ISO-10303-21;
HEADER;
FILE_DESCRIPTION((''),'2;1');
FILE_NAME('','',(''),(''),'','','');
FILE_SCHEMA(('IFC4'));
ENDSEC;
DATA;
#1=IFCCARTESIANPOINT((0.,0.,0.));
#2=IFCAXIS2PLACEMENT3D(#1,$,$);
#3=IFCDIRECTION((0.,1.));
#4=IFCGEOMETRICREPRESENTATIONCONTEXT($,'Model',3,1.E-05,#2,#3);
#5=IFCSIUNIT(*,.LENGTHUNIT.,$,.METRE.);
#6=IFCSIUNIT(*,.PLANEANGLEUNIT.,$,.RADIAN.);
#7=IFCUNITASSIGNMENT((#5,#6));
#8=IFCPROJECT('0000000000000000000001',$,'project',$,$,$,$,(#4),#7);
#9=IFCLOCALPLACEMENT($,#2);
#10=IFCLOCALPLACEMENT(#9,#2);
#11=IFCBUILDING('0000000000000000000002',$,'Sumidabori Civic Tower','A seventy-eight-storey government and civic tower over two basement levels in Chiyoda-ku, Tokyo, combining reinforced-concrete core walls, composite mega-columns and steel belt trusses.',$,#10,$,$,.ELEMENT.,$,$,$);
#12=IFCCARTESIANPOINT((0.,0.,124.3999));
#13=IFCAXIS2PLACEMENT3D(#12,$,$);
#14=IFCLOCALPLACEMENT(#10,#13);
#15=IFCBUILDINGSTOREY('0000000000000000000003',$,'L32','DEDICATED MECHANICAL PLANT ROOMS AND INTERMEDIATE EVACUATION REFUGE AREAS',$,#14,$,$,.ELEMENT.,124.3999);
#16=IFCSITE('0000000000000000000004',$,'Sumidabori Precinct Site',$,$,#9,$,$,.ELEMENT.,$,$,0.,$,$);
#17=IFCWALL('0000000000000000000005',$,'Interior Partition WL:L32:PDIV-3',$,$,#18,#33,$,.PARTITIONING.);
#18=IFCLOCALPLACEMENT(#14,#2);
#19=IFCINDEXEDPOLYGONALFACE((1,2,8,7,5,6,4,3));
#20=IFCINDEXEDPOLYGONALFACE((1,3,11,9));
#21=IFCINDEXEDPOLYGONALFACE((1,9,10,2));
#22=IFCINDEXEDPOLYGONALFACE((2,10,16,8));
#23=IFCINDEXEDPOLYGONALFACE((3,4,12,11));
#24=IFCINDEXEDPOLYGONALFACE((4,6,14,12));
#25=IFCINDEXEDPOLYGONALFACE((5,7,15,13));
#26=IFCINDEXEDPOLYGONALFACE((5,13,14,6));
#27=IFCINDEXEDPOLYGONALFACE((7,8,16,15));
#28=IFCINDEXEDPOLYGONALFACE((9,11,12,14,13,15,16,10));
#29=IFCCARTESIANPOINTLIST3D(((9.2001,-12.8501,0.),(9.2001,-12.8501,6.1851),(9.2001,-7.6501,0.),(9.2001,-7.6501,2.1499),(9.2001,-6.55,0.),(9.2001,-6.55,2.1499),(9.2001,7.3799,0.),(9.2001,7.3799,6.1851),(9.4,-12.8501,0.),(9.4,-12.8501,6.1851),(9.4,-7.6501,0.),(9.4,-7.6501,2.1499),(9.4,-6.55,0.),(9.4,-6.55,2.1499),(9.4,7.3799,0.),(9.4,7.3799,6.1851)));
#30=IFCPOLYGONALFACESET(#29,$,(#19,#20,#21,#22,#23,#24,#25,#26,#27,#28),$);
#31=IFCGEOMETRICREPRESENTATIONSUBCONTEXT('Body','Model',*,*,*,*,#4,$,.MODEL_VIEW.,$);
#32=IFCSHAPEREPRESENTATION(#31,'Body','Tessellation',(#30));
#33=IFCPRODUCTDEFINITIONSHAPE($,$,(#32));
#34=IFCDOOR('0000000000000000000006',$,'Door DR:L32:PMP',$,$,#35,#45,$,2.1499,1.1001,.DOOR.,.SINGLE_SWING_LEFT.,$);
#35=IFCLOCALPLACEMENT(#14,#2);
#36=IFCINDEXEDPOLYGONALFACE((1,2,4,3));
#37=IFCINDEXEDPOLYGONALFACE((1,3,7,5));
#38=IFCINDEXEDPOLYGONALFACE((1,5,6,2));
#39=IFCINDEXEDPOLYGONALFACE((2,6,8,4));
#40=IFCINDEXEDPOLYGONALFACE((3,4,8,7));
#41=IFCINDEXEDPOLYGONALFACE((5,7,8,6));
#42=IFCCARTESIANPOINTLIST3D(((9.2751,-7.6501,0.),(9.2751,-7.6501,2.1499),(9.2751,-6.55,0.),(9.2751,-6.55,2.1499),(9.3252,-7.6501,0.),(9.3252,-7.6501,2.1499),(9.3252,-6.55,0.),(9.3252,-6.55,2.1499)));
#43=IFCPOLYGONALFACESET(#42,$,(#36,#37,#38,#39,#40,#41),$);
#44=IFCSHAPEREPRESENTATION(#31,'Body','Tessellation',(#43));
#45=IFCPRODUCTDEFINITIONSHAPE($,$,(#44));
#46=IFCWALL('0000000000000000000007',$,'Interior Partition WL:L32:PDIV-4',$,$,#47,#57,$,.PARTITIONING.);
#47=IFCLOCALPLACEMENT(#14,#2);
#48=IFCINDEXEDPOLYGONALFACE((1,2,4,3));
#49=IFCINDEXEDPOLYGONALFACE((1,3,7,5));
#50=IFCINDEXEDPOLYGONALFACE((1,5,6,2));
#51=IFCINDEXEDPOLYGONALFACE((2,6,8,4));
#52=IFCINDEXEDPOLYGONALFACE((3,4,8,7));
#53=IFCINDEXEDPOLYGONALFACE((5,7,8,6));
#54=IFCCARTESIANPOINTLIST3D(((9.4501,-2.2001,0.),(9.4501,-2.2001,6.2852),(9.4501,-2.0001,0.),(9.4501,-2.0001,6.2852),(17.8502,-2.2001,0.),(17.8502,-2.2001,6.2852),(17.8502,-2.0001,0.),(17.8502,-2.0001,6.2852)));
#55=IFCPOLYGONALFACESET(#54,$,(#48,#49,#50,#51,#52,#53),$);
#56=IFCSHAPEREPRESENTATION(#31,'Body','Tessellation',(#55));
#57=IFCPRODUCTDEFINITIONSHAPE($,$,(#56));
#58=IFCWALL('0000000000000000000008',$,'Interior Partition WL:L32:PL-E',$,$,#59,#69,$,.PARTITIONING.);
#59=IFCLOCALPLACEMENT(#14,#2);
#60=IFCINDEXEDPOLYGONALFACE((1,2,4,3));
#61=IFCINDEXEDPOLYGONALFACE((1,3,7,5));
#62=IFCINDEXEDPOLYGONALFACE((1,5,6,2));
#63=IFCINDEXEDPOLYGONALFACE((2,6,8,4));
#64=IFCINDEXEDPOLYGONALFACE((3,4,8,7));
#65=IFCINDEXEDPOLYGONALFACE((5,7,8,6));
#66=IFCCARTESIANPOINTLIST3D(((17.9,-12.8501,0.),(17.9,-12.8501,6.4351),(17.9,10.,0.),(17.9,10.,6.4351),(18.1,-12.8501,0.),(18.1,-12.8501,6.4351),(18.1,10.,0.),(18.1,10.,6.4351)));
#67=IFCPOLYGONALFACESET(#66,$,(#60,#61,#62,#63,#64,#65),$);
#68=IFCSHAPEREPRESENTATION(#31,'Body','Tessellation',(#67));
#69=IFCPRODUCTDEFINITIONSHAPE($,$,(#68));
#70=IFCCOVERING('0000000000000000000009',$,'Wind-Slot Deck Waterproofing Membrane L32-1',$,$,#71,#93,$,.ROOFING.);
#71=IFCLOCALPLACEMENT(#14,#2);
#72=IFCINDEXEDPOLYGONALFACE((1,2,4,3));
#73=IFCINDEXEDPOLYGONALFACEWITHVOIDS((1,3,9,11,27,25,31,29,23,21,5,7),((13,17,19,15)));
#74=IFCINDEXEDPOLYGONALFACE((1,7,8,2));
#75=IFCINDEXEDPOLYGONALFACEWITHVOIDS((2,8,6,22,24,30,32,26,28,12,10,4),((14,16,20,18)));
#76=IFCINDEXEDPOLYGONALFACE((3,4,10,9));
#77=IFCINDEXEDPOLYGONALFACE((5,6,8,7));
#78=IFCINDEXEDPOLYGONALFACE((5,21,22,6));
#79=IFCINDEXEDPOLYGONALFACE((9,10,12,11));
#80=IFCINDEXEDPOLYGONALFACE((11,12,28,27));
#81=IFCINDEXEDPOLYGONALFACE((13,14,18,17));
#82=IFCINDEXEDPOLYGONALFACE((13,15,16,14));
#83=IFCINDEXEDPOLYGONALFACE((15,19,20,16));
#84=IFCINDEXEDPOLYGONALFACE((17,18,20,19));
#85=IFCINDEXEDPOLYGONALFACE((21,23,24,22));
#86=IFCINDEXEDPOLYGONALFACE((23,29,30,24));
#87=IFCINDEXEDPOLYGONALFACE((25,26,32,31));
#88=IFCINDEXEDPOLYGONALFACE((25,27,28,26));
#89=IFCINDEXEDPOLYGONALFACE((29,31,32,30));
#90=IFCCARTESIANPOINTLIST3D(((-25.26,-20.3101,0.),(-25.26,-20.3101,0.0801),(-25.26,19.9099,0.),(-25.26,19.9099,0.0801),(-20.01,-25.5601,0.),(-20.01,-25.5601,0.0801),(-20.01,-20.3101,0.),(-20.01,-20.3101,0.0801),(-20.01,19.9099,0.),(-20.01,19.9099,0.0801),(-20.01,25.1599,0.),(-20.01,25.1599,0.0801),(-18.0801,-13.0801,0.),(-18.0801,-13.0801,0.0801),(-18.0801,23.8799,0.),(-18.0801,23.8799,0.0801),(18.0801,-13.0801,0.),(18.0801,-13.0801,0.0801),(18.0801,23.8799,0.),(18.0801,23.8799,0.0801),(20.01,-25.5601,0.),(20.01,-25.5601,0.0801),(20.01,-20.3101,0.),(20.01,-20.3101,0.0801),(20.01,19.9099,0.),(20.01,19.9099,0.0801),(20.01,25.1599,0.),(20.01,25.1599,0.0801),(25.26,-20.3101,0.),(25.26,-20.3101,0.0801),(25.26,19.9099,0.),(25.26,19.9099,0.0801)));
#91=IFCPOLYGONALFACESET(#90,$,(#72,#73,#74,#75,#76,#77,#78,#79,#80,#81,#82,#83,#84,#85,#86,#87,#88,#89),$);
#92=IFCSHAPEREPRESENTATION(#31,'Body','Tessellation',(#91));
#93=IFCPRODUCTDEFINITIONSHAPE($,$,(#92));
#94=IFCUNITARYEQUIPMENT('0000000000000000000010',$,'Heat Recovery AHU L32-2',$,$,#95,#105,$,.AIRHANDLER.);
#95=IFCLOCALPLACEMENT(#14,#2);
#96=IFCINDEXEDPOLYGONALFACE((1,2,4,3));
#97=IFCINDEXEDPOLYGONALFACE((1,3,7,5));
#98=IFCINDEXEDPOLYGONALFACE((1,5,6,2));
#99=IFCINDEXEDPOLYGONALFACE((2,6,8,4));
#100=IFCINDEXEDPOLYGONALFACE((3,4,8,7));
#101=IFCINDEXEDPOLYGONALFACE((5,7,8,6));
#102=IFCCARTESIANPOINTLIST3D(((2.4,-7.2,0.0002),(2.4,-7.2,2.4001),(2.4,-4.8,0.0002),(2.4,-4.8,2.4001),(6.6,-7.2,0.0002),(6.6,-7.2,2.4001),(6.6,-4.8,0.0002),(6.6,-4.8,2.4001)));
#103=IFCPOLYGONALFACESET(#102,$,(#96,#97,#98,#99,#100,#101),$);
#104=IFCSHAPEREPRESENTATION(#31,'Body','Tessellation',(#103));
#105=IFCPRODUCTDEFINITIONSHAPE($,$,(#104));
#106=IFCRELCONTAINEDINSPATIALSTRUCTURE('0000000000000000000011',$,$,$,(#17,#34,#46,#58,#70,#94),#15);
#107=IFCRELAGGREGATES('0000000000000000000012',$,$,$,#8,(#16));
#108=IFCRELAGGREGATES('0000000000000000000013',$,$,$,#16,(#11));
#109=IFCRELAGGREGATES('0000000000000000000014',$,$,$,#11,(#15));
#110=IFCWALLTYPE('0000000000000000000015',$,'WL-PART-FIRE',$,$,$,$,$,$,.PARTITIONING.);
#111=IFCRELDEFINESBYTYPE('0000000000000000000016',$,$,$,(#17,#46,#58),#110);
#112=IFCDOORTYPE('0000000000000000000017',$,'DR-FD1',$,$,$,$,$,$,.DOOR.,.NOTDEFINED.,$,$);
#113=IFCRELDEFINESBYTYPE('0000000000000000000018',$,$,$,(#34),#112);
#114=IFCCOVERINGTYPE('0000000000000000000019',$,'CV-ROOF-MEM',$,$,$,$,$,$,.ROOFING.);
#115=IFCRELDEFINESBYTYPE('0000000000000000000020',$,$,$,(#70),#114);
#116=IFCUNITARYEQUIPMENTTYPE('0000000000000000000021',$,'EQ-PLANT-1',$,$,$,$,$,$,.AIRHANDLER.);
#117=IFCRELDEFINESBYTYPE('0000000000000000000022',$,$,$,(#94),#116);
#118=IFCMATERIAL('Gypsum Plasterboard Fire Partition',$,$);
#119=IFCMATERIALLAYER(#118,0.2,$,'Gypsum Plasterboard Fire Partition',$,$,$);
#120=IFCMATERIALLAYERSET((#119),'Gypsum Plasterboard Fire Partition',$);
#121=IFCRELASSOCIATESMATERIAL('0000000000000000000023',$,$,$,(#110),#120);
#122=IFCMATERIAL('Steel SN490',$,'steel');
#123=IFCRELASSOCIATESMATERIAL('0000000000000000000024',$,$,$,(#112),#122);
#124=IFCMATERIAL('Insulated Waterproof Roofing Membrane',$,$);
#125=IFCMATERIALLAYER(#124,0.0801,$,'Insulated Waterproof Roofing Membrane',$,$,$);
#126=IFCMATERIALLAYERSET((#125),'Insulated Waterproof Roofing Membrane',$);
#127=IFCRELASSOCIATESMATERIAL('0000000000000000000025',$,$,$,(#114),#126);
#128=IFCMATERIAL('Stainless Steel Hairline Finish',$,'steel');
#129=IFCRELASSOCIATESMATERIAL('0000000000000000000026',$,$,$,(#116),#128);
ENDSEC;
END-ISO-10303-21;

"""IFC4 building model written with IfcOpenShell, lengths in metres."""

from ifc_helpers import new_model, si_unit, direction, frame, frame_2d, origin, origin_2d, place, context, subcontext, project, spatial, polyline, rectangle, outline, extrude, source, transform, mapped, material, layer, layer_set, type_object, element, fill, save


model = new_model("IFC4")

# Units and contexts
model_context = context("Model", 3, precision=1e-05, world=origin(), true_north=direction((0.0, 1.0)))
body_context = subcontext(model_context, "Body", "Model", "MODEL_VIEW")
ifc_project = project(units=[si_unit("LENGTHUNIT", "METRE"), si_unit("PLANEANGLEUNIT", "RADIAN")], contexts=[model_context])

# Site, building, storey
site_placement = place(None, origin())
site = spatial("IfcSite", under=ifc_project, at=site_placement, Name="Sumidabori Precinct Site", CompositionType="ELEMENT", RefElevation=0.0)
building_placement = place(site_placement, origin())
building = spatial("IfcBuilding", under=site, at=building_placement, Name="Sumidabori Civic Tower", Description="A seventy-eight-storey government and civic tower over two basement levels in Chiyoda-ku, Tokyo, combining reinforced-concrete core walls, composite mega-columns and steel belt trusses.", CompositionType="ELEMENT")
storey_placement = place(building_placement, frame((0.0, 0.0, 124.3999)))
storey = spatial("IfcBuildingStorey", under=building, at=storey_placement, Name="L32", Description="DEDICATED MECHANICAL PLANT ROOMS AND INTERMEDIATE EVACUATION REFUGE AREAS", CompositionType="ELEMENT", Elevation=124.3999)

# Shared definitions
ifc_material_1 = material(Name="Steel SN490", Category="steel")

# Shared definitions
ifc_material_2 = material(Name="Gypsum Plasterboard Fire Partition")
ifc_layer_1 = layer(ifc_material_2, 0.2, Name="Gypsum Plasterboard Fire Partition")
ifc_layer_set_1 = layer_set([ifc_layer_1], Name="Gypsum Plasterboard Fire Partition")
wall_type = type_object("IfcWallType", Name="WL-PART-FIRE", PredefinedType="PARTITIONING", material=ifc_layer_set_1)
shared_shape_1 = source(origin(), body_context, "Body", "SweptSolid", [
    extrude(rectangle(XDim=20.23, YDim=0.2, at=frame_2d((10.115, 0.0))), origin(), (0.0, 0.0, 1.0), 6.1851),
])

# Wall, opening, door
wall_1_placement = place(storey_placement, frame((9.3, -12.8501, 0.0), z_axis=(0.0, 0.0, 1.0), x_axis=(0.0, 1.0, 0.0)))
wall_1 = element("IfcWall", 1, at=wall_1_placement, inside=storey, type_object=wall_type, Name="Interior Partition WL:L32:PDIV-3", PredefinedType="PARTITIONING", context=body_context, shape_type="MappedRepresentation", body=[
    mapped(shared_shape_1, transform((0.0, 0.0, 0.0), x_axis=(1.0, 0.0, 0.0), y_axis=(0.0, 1.0, 0.0), z_axis=(0.0, 0.0, 1.0), scale=1.0)),
])
opening_placement = place(wall_1_placement, frame((5.2, 0.0, 0.0)))
opening = element("IfcOpeningElement", 2, at=opening_placement, cuts=wall_1, PredefinedType="OPENING", context=body_context, shape_type="SweptSolid", body=[
    extrude(rectangle(XDim=1.1001, YDim=2.1499, at=frame_2d((0.55, 1.075))), frame((0.0, 0.1118, 0.0), z_axis=(0.0, -1.0, 0.0), x_axis=(1.0, 0.0, 0.0)), (0.0, 0.0, 1.0), 0.2239),
])
door_type = type_object("IfcDoorType", Name="DR-FD1", OperationType="NOTDEFINED", PredefinedType="DOOR", material=ifc_material_1)
shared_shape_2 = source(origin(), body_context, "Body", "SweptSolid", [
    extrude(rectangle(XDim=1.1001, YDim=2.1499, at=frame_2d((0.55, 1.075))), frame((0.0, 0.0249, 0.0), z_axis=(0.0, -1.0, 0.0), x_axis=(1.0, 0.0, 0.0)), (0.0, 0.0, 1.0), 0.05),
])
door_placement = place(opening_placement, origin())
door = element("IfcDoor", 3, at=door_placement, inside=storey, type_object=door_type, Name="Door DR:L32:PMP", OperationType="SINGLE_SWING_LEFT", OverallHeight=2.1499, OverallWidth=1.1001, PredefinedType="DOOR", context=body_context, shape_type="MappedRepresentation", body=[
    mapped(shared_shape_2, transform((0.0, 0.0, 0.0), x_axis=(1.0, 0.0, 0.0), y_axis=(0.0, 1.0, 0.0), z_axis=(0.0, 0.0, 1.0), scale=1.0)),
])
fill(opening, door)

# Walls
shared_shape_3 = source(origin(), body_context, "Body", "SweptSolid", [
    extrude(rectangle(XDim=8.4001, YDim=0.2, at=frame_2d((4.2002, 0.0))), origin(), (0.0, 0.0, 1.0), 6.2852),
])
wall_2_placement = place(storey_placement, frame((9.45, -2.1001, 0.0), z_axis=(0.0, 0.0, 1.0), x_axis=(1.0, 0.0, 0.0)))
element("IfcWall", 4, at=wall_2_placement, inside=storey, type_object=wall_type, Name="Interior Partition WL:L32:PDIV-4", PredefinedType="PARTITIONING", context=body_context, shape_type="MappedRepresentation", body=[
    mapped(shared_shape_3, transform((0.0, 0.0, 0.0), x_axis=(1.0, 0.0, 0.0), y_axis=(0.0, 1.0, 0.0), z_axis=(0.0, 0.0, 1.0), scale=1.0)),
])
shared_shape_4 = source(origin(), body_context, "Body", "SweptSolid", [
    extrude(rectangle(XDim=22.8501, YDim=0.2, at=frame_2d((11.425, 0.0))), origin(), (0.0, 0.0, 1.0), 6.4351),
])
wall_3_placement = place(storey_placement, frame((18.0, -12.8501, 0.0), z_axis=(0.0, 0.0, 1.0), x_axis=(0.0, 1.0, 0.0)))
element("IfcWall", 5, at=wall_3_placement, inside=storey, type_object=wall_type, Name="Interior Partition WL:L32:PL-E", PredefinedType="PARTITIONING", context=body_context, shape_type="MappedRepresentation", body=[
    mapped(shared_shape_4, transform((0.0, 0.0, 0.0), x_axis=(1.0, 0.0, 0.0), y_axis=(0.0, 1.0, 0.0), z_axis=(0.0, 0.0, 1.0), scale=1.0)),
])

# Covering
ifc_material_3 = material(Name="Insulated Waterproof Roofing Membrane")
ifc_layer_2 = layer(ifc_material_3, 0.0801, Name="Insulated Waterproof Roofing Membrane")
ifc_layer_set_2 = layer_set([ifc_layer_2], Name="Insulated Waterproof Roofing Membrane")
covering_type = type_object("IfcCoveringType", Name="CV-ROOF-MEM", PredefinedType="ROOFING", material=ifc_layer_set_2)
covering_placement = place(storey_placement, origin())
element("IfcCovering", 6, at=covering_placement, inside=storey, type_object=covering_type, Name="Wind-Slot Deck Waterproofing Membrane L32-1", PredefinedType="ROOFING", context=body_context, shape_type="SweptSolid", body=[
    extrude(outline(polyline([(-20.01, -20.3101), (-25.26, -20.3101), (-25.26, 19.9099), (-20.01, 19.9099), (-20.01, 25.1599), (20.01, 25.1599), (20.01, 19.9099), (25.26, 19.9099), (25.26, -20.3101), (20.01, -20.3101), (20.01, -25.5601), (-20.01, -25.5601), (-20.01, -20.3101)]), holes=[polyline([(18.0801, 23.8799), (-18.0801, 23.8799), (-18.0801, -13.0801), (18.0801, -13.0801), (18.0801, 23.8799)])]), origin(), (0.0, 0.0, 1.0), 0.0801),
])

# Unitary equipment
ifc_material_4 = material(Name="Stainless Steel Hairline Finish", Category="steel")
unitary_equipment_type = type_object("IfcUnitaryEquipmentType", Name="EQ-PLANT-1", PredefinedType="AIRHANDLER", material=ifc_material_4)
shared_shape_5 = source(origin(), body_context, "Body", "SweptSolid", [
    extrude(rectangle(XDim=4.2, YDim=2.3999, at=origin_2d()), origin(), (0.0, 0.0, 1.0), 2.3999),
])
unitary_equipment_placement = place(storey_placement, frame((4.5, -6.0, 0.0002), z_axis=(0.0, 0.0, 1.0), x_axis=(1.0, 0.0, 0.0)))
element("IfcUnitaryEquipment", 7, at=unitary_equipment_placement, inside=storey, type_object=unitary_equipment_type, Name="Heat Recovery AHU L32-2", PredefinedType="AIRHANDLER", context=body_context, shape_type="MappedRepresentation", body=[
    mapped(shared_shape_5, transform((0.0, 0.0, 0.0), x_axis=(1.0, 0.0, 0.0), y_axis=(0.0, 1.0, 0.0), z_axis=(0.0, 0.0, 1.0), scale=1.0)),
])

save(model, "model.ifc")
